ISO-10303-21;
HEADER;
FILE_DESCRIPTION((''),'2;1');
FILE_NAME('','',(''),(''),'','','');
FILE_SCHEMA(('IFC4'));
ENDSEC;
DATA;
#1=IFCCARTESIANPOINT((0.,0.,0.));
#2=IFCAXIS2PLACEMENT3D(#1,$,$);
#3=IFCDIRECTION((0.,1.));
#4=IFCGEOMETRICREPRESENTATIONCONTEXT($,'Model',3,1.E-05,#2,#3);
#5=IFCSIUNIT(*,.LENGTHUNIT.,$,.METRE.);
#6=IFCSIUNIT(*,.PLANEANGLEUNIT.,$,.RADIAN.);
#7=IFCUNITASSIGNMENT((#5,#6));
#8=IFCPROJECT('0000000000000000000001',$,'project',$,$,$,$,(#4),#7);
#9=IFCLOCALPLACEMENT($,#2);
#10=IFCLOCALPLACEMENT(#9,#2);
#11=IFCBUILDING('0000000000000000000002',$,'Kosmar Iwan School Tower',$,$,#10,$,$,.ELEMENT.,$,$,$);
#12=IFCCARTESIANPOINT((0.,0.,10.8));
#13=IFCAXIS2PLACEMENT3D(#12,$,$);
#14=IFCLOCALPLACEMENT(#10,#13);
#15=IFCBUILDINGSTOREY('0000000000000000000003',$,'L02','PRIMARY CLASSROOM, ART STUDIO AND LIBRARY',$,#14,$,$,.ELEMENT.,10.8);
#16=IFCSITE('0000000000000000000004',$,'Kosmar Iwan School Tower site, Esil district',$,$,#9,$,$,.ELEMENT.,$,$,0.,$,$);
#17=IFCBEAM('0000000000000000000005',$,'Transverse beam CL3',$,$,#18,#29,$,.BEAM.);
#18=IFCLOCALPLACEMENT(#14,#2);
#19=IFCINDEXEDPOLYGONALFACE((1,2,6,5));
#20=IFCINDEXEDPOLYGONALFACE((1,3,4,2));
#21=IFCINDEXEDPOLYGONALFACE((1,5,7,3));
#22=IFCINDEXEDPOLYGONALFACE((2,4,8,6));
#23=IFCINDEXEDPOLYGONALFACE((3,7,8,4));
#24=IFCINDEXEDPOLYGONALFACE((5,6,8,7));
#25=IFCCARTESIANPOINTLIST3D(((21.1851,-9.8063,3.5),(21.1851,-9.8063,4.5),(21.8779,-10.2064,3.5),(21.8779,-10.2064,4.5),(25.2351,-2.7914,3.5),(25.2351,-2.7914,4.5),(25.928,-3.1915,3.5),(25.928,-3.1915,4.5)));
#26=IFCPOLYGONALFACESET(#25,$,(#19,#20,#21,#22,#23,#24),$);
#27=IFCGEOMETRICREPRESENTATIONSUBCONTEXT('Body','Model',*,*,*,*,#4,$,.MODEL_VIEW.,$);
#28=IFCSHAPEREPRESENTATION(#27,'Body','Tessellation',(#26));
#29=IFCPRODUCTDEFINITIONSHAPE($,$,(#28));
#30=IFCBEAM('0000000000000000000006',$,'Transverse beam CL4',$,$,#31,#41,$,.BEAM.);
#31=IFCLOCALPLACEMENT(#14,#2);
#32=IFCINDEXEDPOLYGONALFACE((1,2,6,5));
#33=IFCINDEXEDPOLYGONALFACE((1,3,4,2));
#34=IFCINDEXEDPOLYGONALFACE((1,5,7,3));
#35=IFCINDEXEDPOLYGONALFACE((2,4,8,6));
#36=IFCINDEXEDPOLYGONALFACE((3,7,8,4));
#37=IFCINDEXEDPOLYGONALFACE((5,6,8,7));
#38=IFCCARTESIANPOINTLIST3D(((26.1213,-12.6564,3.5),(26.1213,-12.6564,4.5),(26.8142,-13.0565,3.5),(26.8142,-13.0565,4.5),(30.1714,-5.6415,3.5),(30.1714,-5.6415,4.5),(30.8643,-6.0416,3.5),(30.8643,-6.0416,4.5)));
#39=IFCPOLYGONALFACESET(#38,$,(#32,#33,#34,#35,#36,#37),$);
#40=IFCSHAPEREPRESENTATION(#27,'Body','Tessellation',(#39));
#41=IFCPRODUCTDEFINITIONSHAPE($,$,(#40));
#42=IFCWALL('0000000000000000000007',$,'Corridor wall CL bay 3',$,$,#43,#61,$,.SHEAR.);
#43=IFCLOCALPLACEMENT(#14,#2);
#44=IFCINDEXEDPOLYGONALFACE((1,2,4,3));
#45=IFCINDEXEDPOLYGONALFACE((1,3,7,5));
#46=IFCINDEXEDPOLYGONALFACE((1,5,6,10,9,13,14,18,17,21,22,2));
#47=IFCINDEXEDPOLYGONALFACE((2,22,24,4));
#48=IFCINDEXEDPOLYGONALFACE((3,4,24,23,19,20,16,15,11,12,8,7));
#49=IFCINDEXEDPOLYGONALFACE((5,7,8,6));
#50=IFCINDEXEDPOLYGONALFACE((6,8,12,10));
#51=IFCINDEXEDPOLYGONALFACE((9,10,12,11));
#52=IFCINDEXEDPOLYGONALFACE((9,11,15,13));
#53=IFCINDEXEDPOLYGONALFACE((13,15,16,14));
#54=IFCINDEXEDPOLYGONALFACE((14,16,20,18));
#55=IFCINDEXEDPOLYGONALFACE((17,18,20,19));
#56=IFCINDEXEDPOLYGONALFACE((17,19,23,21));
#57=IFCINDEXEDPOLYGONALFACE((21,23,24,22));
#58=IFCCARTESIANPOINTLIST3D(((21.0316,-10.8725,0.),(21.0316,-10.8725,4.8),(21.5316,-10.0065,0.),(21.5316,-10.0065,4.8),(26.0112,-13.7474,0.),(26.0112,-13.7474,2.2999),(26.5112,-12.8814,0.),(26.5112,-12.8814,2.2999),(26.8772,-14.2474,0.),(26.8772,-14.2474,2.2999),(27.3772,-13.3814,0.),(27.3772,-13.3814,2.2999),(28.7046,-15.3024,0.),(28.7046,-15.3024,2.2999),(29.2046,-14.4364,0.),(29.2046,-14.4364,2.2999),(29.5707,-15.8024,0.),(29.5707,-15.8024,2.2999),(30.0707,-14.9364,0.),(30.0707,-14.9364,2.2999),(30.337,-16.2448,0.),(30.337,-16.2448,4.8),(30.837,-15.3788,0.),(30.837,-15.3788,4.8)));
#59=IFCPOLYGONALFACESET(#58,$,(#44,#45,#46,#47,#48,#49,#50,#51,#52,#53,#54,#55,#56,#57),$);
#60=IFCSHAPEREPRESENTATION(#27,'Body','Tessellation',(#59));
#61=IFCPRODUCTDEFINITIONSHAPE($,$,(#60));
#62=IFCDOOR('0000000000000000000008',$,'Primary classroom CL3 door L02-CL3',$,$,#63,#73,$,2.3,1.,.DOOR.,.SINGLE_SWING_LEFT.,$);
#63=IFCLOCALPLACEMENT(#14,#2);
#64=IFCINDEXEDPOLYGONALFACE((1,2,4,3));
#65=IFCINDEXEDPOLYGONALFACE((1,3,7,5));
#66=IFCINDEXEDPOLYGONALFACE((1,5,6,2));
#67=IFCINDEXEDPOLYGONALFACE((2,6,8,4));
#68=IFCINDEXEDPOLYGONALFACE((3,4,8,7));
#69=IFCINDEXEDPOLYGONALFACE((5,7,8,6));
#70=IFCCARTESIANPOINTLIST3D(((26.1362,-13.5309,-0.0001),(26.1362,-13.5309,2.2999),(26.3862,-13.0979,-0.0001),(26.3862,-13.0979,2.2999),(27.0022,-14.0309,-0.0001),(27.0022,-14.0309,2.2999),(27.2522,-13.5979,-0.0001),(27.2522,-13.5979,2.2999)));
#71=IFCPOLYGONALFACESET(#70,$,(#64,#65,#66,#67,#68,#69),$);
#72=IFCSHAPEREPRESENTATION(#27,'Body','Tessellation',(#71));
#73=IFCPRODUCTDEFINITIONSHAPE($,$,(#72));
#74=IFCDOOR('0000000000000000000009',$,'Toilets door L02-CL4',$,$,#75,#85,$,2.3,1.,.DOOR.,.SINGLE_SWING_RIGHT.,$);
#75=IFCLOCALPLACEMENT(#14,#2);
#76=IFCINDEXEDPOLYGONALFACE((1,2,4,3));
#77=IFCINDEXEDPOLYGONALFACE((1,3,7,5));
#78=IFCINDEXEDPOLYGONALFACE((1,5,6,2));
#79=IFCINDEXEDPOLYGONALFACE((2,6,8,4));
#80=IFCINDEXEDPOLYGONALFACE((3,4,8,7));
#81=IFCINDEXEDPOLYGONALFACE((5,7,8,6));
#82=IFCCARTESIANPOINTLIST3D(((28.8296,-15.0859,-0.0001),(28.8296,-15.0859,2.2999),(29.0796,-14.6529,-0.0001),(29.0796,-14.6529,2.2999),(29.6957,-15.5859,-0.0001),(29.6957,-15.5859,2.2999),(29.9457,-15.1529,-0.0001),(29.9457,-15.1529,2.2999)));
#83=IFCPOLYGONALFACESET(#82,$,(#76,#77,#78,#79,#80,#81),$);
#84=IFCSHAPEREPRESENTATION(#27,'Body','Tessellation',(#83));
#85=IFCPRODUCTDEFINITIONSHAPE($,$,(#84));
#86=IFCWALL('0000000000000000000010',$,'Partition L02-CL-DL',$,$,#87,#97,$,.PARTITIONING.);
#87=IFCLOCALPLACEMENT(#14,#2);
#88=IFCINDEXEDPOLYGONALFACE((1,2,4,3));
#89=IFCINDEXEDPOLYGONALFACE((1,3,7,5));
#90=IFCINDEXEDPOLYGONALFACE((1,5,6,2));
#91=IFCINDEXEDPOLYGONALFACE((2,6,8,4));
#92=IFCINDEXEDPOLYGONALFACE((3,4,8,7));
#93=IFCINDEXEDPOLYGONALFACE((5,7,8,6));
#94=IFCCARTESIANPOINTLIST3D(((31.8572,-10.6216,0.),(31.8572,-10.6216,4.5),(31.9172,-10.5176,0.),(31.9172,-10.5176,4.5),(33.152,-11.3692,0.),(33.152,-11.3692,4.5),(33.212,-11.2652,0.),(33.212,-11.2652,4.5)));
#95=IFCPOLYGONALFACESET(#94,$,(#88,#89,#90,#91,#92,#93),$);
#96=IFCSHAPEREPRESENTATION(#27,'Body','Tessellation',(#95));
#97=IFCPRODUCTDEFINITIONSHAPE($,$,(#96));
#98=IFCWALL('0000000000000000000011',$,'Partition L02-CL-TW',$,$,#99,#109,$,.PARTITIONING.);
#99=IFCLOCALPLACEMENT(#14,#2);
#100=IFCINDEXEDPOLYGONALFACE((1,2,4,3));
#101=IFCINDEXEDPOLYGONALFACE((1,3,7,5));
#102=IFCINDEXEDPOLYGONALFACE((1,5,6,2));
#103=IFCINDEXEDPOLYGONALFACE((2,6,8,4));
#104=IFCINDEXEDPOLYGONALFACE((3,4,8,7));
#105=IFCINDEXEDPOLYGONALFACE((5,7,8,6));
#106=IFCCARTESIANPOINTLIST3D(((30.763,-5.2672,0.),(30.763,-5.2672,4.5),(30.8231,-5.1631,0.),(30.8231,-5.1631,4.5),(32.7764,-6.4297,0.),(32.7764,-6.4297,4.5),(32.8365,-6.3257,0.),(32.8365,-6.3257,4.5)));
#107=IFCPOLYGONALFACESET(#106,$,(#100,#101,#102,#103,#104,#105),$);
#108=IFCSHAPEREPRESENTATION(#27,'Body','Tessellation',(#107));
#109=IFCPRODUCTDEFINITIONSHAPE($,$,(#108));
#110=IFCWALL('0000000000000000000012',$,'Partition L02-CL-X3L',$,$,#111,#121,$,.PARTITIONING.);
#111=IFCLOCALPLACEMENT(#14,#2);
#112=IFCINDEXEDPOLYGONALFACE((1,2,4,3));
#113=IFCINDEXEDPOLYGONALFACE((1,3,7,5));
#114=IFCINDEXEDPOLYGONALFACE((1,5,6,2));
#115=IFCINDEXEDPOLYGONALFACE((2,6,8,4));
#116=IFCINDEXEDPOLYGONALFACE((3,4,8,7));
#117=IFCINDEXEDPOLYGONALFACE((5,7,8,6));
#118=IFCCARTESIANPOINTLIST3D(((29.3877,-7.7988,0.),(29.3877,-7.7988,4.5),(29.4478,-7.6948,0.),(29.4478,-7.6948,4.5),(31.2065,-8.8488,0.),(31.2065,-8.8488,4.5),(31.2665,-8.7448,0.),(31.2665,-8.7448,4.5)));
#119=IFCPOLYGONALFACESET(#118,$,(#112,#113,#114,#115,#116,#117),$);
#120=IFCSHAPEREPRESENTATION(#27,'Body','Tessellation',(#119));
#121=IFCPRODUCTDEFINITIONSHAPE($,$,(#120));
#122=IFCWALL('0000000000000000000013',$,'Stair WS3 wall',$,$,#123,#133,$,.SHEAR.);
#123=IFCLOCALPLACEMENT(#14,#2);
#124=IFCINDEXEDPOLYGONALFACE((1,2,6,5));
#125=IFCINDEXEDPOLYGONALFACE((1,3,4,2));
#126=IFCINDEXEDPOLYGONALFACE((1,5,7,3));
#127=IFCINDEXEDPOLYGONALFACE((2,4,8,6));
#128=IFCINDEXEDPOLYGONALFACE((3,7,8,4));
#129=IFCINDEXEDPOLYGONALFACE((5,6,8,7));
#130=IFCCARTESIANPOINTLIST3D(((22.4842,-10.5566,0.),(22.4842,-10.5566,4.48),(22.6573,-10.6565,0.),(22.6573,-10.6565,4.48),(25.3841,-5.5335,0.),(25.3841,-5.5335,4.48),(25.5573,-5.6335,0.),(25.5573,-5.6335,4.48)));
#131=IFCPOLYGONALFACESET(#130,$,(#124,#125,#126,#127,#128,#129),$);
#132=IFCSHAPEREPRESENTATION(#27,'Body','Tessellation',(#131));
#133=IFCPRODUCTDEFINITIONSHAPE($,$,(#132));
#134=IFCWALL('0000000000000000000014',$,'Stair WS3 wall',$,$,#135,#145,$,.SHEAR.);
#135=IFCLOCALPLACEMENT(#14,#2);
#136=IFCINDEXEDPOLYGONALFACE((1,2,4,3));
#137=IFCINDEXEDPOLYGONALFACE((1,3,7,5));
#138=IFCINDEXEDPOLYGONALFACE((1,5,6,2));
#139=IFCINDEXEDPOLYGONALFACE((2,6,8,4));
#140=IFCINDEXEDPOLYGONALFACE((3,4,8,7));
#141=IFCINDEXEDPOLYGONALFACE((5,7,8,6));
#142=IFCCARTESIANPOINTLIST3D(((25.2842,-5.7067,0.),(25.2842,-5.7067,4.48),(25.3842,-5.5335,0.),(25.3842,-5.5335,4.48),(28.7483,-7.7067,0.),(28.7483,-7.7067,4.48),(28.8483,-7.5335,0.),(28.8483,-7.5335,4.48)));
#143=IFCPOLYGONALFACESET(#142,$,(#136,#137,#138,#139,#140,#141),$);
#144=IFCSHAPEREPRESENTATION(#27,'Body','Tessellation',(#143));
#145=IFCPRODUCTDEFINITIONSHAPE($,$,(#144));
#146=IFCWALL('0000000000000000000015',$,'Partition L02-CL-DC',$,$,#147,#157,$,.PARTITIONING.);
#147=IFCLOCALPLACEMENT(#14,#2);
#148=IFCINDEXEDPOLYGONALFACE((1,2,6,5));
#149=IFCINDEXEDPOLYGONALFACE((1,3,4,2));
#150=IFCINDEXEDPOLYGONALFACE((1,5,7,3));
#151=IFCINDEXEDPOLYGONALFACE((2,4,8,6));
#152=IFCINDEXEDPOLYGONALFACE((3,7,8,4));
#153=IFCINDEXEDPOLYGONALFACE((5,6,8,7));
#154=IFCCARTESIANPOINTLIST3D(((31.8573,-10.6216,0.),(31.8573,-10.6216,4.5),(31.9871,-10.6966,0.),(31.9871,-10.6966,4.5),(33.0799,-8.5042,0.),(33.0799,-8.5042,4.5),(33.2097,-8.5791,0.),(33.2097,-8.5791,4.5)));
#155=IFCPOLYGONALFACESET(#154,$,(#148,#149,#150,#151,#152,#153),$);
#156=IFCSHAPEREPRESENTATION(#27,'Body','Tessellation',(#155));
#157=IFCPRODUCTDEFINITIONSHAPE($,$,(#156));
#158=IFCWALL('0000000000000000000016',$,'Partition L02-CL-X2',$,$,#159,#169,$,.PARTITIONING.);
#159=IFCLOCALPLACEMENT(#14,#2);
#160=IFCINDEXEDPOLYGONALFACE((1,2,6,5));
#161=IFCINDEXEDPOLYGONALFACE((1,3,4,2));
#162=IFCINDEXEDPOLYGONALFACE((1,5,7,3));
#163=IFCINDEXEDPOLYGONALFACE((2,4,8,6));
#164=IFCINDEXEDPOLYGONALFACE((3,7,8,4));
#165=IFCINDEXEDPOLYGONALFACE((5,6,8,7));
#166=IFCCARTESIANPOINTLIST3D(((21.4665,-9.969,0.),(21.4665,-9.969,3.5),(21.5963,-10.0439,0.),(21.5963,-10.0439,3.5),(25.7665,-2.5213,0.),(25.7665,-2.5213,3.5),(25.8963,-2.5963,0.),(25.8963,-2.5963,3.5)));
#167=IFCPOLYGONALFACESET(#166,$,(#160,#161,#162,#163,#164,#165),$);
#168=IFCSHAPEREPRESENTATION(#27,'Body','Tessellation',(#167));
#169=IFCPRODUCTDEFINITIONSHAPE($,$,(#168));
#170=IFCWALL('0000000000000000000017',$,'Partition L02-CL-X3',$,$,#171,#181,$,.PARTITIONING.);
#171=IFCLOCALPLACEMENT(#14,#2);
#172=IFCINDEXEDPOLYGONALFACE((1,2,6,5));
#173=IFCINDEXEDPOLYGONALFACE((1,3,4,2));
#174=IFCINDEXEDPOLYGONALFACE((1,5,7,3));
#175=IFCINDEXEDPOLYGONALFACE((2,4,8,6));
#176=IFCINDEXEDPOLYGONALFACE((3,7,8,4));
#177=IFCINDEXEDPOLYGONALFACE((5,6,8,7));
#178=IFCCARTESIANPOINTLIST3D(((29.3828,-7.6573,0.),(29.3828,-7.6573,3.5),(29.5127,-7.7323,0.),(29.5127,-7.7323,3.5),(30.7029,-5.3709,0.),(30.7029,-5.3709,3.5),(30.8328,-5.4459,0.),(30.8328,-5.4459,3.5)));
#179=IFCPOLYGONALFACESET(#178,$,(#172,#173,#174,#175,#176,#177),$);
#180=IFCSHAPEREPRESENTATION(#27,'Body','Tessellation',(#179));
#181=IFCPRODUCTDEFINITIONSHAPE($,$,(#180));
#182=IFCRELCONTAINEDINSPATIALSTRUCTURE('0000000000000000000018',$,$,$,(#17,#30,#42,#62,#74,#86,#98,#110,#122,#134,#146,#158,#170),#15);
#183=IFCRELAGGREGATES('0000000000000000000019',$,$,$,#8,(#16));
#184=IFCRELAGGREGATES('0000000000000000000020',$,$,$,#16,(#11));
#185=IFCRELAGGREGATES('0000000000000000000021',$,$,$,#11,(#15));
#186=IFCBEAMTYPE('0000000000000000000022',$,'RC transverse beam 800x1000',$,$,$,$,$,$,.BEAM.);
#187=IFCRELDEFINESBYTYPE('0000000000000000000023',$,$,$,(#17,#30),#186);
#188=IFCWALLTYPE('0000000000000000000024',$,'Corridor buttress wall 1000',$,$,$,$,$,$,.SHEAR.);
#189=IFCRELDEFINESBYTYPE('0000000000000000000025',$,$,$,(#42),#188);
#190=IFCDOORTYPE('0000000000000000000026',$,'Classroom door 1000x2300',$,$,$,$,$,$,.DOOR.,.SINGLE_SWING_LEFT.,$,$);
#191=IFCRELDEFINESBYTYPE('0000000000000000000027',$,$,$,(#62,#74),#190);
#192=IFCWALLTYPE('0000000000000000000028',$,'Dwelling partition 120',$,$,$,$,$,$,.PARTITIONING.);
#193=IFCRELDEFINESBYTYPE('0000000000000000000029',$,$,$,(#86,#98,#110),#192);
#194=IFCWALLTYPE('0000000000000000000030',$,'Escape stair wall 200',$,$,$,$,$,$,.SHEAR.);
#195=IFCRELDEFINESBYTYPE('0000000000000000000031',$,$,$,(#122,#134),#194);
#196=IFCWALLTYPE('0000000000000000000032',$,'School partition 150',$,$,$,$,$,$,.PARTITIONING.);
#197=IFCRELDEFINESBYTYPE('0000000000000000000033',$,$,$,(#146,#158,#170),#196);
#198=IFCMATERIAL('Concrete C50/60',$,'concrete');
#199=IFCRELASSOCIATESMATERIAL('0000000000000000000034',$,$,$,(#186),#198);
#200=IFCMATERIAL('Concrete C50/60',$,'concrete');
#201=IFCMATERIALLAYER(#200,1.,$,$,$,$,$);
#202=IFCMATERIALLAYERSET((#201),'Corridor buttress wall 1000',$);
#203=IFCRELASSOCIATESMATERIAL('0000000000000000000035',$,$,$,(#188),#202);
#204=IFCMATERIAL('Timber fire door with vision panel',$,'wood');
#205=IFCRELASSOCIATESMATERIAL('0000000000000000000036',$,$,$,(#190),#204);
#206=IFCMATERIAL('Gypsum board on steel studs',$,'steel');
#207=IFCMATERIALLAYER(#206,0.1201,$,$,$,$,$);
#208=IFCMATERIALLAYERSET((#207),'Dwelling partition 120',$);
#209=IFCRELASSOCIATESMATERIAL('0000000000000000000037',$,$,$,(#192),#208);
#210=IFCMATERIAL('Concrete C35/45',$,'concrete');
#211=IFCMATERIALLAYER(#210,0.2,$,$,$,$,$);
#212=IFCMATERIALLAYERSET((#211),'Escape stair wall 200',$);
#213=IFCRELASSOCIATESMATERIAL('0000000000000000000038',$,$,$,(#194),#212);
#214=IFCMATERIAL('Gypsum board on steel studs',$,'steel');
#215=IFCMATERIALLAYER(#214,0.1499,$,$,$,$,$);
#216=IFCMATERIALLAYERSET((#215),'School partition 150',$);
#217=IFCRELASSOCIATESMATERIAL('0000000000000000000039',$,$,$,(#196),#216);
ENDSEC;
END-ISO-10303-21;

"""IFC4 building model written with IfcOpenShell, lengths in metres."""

from ifc_helpers import new_model, si_unit, direction, frame, frame_2d, origin, origin_2d, place, context, subcontext, project, spatial, rectangle, extrude, material, layer, layer_set, material_profile, profile_set, type_object, element, fill, save


model = new_model("IFC4")

# Units and contexts
model_context = context("Model", 3, precision=1e-05, world=origin(), true_north=direction((0.0, 1.0)))
body_context = subcontext(model_context, "Body", "Model", "MODEL_VIEW")
ifc_project = project(units=[si_unit("LENGTHUNIT", "METRE"), si_unit("PLANEANGLEUNIT", "RADIAN")], contexts=[model_context])

# Site, building, storey
site_placement = place(None, origin())
site = spatial("IfcSite", under=ifc_project, at=site_placement, Name="Kosmar Iwan School Tower site, Esil district", CompositionType="ELEMENT", RefElevation=0.0)
building_placement = place(site_placement, origin())
building = spatial("IfcBuilding", under=site, at=building_placement, Name="Kosmar Iwan School Tower", CompositionType="ELEMENT")
storey_placement = place(building_placement, frame((0.0, 0.0, 10.8)))
storey = spatial("IfcBuildingStorey", under=building, at=storey_placement, Name="L02", Description="PRIMARY CLASSROOM, ART STUDIO AND LIBRARY", CompositionType="ELEMENT", Elevation=10.8)

# Beams
ifc_material_1 = material(Name="Concrete C50/60", Category="concrete")
ifc_material_profile_1 = material_profile(ifc_material_1, rectangle(XDim=0.8, YDim=1.0, at=origin_2d()), Name="RC 800x1000")
ifc_profile_set_1 = profile_set([ifc_material_profile_1], Name="Concrete C50/60")
beam_type_1 = type_object("IfcBeamType", Name="RC transverse beam 800x1000", PredefinedType="BEAM", material=ifc_profile_set_1)
for number, where, z_axis, x_axis, name in (
    (1, (25.5815, -2.9915, 4.0), (-0.5, -0.866025, 0.0), (0.866025, -0.5, 0.0), "Transverse beam CL3"),
    (2, (30.5178, -5.8416, 4.0), (-0.5, -0.866025, 0.0), (0.866025, -0.5, 0.0), "Transverse beam CL4"),
):
    element("IfcBeam", number, at=place(storey_placement, frame(where, z_axis=z_axis, x_axis=x_axis)), inside=storey, type_object=beam_type_1, Name=name, PredefinedType="BEAM", context=body_context, shape_type="SweptSolid", body=[
        extrude(rectangle(XDim=0.8, YDim=1.0, at=origin_2d()), origin(), (0.0, 0.0, 1.0), 8.1001),
    ])

# Wall, openings, doors
ifc_material_2 = material(Name="Concrete C50/60", Category="concrete")
ifc_layer_1 = layer(ifc_material_2, 1.0)
ifc_layer_set_1 = layer_set([ifc_layer_1], Name="Corridor buttress wall 1000")
wall_type_1 = type_object("IfcWallType", Name="Corridor buttress wall 1000", PredefinedType="SHEAR", material=ifc_layer_set_1)
wall_1_placement = place(storey_placement, frame((21.2815, -10.4395, 0.0), z_axis=(0.0, 0.0, 1.0), x_axis=(0.866032, -0.499988, 0.0)))
wall_1 = element("IfcWall", 3, at=wall_1_placement, inside=storey, type_object=wall_type_1, Name="Corridor wall CL bay 3", PredefinedType="SHEAR", context=body_context, shape_type="SweptSolid", body=[
    extrude(rectangle(XDim=10.7449, YDim=1.0, at=frame_2d((5.3726, 0.0))), origin(), (0.0, 0.0, 1.0), 4.8),
])
opening_1_placement = place(wall_1_placement, frame((5.75, 0.0, 0.0)))
opening_1 = element("IfcOpeningElement", 4, at=opening_1_placement, cuts=wall_1, PredefinedType="OPENING", context=body_context, shape_type="SweptSolid", body=[
    extrude(rectangle(XDim=1.0, YDim=2.3, at=frame_2d((0.5, 1.1499))), frame((0.0, 0.512, 0.0), z_axis=(0.0, -1.0, 0.0), x_axis=(1.0, 0.0, 0.0)), (0.0, 0.0, 1.0), 1.0239),
])
opening_2_placement = place(wall_1_placement, frame((8.8601, 0.0, 0.0)))
opening_2 = element("IfcOpeningElement", 5, at=opening_2_placement, cuts=wall_1, PredefinedType="OPENING", context=body_context, shape_type="SweptSolid", body=[
    extrude(rectangle(XDim=1.0, YDim=2.3, at=frame_2d((0.5, 1.1499))), frame((0.0, 0.512, 0.0), z_axis=(0.0, -1.0, 0.0), x_axis=(1.0, 0.0, 0.0)), (0.0, 0.0, 1.0), 1.0239),
])
ifc_material_3 = material(Name="Timber fire door with vision panel", Category="wood")
door_type = type_object("IfcDoorType", Name="Classroom door 1000x2300", OperationType="SINGLE_SWING_LEFT", PredefinedType="DOOR", material=ifc_material_3)
door_1_placement = place(opening_1_placement, origin())
door_1 = element("IfcDoor", 6, at=door_1_placement, inside=storey, type_object=door_type, Name="Primary classroom CL3 door L02-CL3", OperationType="SINGLE_SWING_LEFT", OverallHeight=2.3, OverallWidth=1.0, PredefinedType="DOOR", context=body_context, shape_type="SweptSolid", body=[
    extrude(rectangle(XDim=1.0, YDim=2.3, at=frame_2d((0.5, 1.1499))), frame((0.0, 0.25, 0.0), z_axis=(0.0, -1.0, 0.0), x_axis=(1.0, 0.0, 0.0)), (0.0, 0.0, 1.0), 0.5),
])
fill(opening_1, door_1)
door_2_placement = place(opening_2_placement, origin())
door_2 = element("IfcDoor", 7, at=door_2_placement, inside=storey, type_object=door_type, Name="Toilets door L02-CL4", OperationType="SINGLE_SWING_RIGHT", OverallHeight=2.3, OverallWidth=1.0, PredefinedType="DOOR", context=body_context, shape_type="SweptSolid", body=[
    extrude(rectangle(XDim=1.0, YDim=2.3, at=frame_2d((0.5, 1.1499))), frame((0.0, 0.25, 0.0), z_axis=(0.0, -1.0, 0.0), x_axis=(1.0, 0.0, 0.0)), (0.0, 0.0, 1.0), 0.5),
])
fill(opening_2, door_2)

# Walls
ifc_material_4 = material(Name="Gypsum board on steel studs", Category="steel")
ifc_layer_2 = layer(ifc_material_4, 0.1201)
ifc_layer_set_2 = layer_set([ifc_layer_2], Name="Dwelling partition 120")
wall_type_2 = type_object("IfcWallType", Name="Dwelling partition 120", PredefinedType="PARTITIONING", material=ifc_layer_set_2)
wall_2_placement = place(storey_placement, frame((31.8872, -10.5696, 0.0), z_axis=(0.0, 0.0, 1.0), x_axis=(0.866003, -0.500038, 0.0)))
element("IfcWall", 8, at=wall_2_placement, inside=storey, type_object=wall_type_2, Name="Partition L02-CL-DL", PredefinedType="PARTITIONING", context=body_context, shape_type="SweptSolid", body=[
    extrude(rectangle(XDim=1.4951, YDim=0.1201, at=frame_2d((0.7476, 0.0))), origin(), (0.0, 0.0, 1.0), 4.5),
])
wall_3_placement = place(storey_placement, frame((30.793, -5.2151, 0.0), z_axis=(0.0, 0.0, 1.0), x_axis=(0.865998, -0.500047, 0.0)))
element("IfcWall", 9, at=wall_3_placement, inside=storey, type_object=wall_type_2, Name="Partition L02-CL-TW", PredefinedType="PARTITIONING", context=body_context, shape_type="SweptSolid", body=[
    extrude(rectangle(XDim=2.325, YDim=0.1201, at=frame_2d((1.1626, 0.0))), origin(), (0.0, 0.0, 1.0), 4.5),
])
wall_4_placement = place(storey_placement, frame((29.4177, -7.7468, 0.0), z_axis=(0.0, 0.0, 1.0), x_axis=(0.866038, -0.499977, 0.0)))
element("IfcWall", 10, at=wall_4_placement, inside=storey, type_object=wall_type_2, Name="Partition L02-CL-X3L", PredefinedType="PARTITIONING", context=body_context, shape_type="SweptSolid", body=[
    extrude(rectangle(XDim=2.1001, YDim=0.1201, at=frame_2d((1.05, 0.0))), origin(), (0.0, 0.0, 1.0), 4.5),
])
ifc_material_5 = material(Name="Concrete C35/45", Category="concrete")
ifc_layer_3 = layer(ifc_material_5, 0.2)
ifc_layer_set_3 = layer_set([ifc_layer_3], Name="Escape stair wall 200")
wall_type_3 = type_object("IfcWallType", Name="Escape stair wall 200", PredefinedType="SHEAR", material=ifc_layer_set_3)
wall_5_placement = place(storey_placement, frame((22.5708, -10.6064, 0.0), z_axis=(0.0, 0.0, 1.0), x_axis=(0.499987, 0.866033, 0.0)))
element("IfcWall", 11, at=wall_5_placement, inside=storey, type_object=wall_type_3, Name="Stair WS3 wall", PredefinedType="SHEAR", context=body_context, shape_type="SweptSolid", body=[
    extrude(rectangle(XDim=5.8, YDim=0.2, at=frame_2d((2.8999, 0.0))), origin(), (0.0, 0.0, 1.0), 4.48),
])
wall_6_placement = place(storey_placement, frame((25.3342, -5.6201, 0.0), z_axis=(0.0, 0.0, 1.0), x_axis=(0.866026, -0.499999, 0.0)))
element("IfcWall", 12, at=wall_6_placement, inside=storey, type_object=wall_type_3, Name="Stair WS3 wall", PredefinedType="SHEAR", context=body_context, shape_type="SweptSolid", body=[
    extrude(rectangle(XDim=4.0, YDim=0.2, at=frame_2d((2.0, 0.0))), origin(), (0.0, 0.0, 1.0), 4.48),
])
ifc_material_6 = material(Name="Gypsum board on steel studs", Category="steel")
ifc_layer_4 = layer(ifc_material_6, 0.1499)
ifc_layer_set_4 = layer_set([ifc_layer_4], Name="School partition 150")
wall_type_4 = type_object("IfcWallType", Name="School partition 150", PredefinedType="PARTITIONING", material=ifc_layer_set_4)
wall_7_placement = place(storey_placement, frame((31.9221, -10.6592, 0.0), z_axis=(0.0, 0.0, 1.0), x_axis=(0.500048, 0.865998, 0.0)))
element("IfcWall", 13, at=wall_7_placement, inside=storey, type_object=wall_type_4, Name="Partition L02-CL-DC", PredefinedType="PARTITIONING", context=body_context, shape_type="SweptSolid", body=[
    extrude(rectangle(XDim=2.4451, YDim=0.1499, at=frame_2d((1.2227, 0.0))), origin(), (0.0, 0.0, 1.0), 4.5),
])
wall_8_placement = place(storey_placement, frame((21.5315, -10.0063, 0.0), z_axis=(0.0, 0.0, 1.0), x_axis=(0.500008, 0.866021, 0.0)))
element("IfcWall", 14, at=wall_8_placement, inside=storey, type_object=wall_type_4, Name="Partition L02-CL-X2", PredefinedType="PARTITIONING", context=body_context, shape_type="SweptSolid", body=[
    extrude(rectangle(XDim=8.5999, YDim=0.1499, at=frame_2d((4.2998, 0.0))), origin(), (0.0, 0.0, 1.0), 3.5),
])
wall_9_placement = place(storey_placement, frame((29.4478, -7.6948, 0.0), z_axis=(0.0, 0.0, 1.0), x_axis=(0.500008, 0.866021, 0.0)))
element("IfcWall", 15, at=wall_9_placement, inside=storey, type_object=wall_type_4, Name="Partition L02-CL-X3", PredefinedType="PARTITIONING", context=body_context, shape_type="SweptSolid", body=[
    extrude(rectangle(XDim=2.6401, YDim=0.1499, at=frame_2d((1.3201, 0.0))), origin(), (0.0, 0.0, 1.0), 3.5),
])

save(model, "model.ifc")
